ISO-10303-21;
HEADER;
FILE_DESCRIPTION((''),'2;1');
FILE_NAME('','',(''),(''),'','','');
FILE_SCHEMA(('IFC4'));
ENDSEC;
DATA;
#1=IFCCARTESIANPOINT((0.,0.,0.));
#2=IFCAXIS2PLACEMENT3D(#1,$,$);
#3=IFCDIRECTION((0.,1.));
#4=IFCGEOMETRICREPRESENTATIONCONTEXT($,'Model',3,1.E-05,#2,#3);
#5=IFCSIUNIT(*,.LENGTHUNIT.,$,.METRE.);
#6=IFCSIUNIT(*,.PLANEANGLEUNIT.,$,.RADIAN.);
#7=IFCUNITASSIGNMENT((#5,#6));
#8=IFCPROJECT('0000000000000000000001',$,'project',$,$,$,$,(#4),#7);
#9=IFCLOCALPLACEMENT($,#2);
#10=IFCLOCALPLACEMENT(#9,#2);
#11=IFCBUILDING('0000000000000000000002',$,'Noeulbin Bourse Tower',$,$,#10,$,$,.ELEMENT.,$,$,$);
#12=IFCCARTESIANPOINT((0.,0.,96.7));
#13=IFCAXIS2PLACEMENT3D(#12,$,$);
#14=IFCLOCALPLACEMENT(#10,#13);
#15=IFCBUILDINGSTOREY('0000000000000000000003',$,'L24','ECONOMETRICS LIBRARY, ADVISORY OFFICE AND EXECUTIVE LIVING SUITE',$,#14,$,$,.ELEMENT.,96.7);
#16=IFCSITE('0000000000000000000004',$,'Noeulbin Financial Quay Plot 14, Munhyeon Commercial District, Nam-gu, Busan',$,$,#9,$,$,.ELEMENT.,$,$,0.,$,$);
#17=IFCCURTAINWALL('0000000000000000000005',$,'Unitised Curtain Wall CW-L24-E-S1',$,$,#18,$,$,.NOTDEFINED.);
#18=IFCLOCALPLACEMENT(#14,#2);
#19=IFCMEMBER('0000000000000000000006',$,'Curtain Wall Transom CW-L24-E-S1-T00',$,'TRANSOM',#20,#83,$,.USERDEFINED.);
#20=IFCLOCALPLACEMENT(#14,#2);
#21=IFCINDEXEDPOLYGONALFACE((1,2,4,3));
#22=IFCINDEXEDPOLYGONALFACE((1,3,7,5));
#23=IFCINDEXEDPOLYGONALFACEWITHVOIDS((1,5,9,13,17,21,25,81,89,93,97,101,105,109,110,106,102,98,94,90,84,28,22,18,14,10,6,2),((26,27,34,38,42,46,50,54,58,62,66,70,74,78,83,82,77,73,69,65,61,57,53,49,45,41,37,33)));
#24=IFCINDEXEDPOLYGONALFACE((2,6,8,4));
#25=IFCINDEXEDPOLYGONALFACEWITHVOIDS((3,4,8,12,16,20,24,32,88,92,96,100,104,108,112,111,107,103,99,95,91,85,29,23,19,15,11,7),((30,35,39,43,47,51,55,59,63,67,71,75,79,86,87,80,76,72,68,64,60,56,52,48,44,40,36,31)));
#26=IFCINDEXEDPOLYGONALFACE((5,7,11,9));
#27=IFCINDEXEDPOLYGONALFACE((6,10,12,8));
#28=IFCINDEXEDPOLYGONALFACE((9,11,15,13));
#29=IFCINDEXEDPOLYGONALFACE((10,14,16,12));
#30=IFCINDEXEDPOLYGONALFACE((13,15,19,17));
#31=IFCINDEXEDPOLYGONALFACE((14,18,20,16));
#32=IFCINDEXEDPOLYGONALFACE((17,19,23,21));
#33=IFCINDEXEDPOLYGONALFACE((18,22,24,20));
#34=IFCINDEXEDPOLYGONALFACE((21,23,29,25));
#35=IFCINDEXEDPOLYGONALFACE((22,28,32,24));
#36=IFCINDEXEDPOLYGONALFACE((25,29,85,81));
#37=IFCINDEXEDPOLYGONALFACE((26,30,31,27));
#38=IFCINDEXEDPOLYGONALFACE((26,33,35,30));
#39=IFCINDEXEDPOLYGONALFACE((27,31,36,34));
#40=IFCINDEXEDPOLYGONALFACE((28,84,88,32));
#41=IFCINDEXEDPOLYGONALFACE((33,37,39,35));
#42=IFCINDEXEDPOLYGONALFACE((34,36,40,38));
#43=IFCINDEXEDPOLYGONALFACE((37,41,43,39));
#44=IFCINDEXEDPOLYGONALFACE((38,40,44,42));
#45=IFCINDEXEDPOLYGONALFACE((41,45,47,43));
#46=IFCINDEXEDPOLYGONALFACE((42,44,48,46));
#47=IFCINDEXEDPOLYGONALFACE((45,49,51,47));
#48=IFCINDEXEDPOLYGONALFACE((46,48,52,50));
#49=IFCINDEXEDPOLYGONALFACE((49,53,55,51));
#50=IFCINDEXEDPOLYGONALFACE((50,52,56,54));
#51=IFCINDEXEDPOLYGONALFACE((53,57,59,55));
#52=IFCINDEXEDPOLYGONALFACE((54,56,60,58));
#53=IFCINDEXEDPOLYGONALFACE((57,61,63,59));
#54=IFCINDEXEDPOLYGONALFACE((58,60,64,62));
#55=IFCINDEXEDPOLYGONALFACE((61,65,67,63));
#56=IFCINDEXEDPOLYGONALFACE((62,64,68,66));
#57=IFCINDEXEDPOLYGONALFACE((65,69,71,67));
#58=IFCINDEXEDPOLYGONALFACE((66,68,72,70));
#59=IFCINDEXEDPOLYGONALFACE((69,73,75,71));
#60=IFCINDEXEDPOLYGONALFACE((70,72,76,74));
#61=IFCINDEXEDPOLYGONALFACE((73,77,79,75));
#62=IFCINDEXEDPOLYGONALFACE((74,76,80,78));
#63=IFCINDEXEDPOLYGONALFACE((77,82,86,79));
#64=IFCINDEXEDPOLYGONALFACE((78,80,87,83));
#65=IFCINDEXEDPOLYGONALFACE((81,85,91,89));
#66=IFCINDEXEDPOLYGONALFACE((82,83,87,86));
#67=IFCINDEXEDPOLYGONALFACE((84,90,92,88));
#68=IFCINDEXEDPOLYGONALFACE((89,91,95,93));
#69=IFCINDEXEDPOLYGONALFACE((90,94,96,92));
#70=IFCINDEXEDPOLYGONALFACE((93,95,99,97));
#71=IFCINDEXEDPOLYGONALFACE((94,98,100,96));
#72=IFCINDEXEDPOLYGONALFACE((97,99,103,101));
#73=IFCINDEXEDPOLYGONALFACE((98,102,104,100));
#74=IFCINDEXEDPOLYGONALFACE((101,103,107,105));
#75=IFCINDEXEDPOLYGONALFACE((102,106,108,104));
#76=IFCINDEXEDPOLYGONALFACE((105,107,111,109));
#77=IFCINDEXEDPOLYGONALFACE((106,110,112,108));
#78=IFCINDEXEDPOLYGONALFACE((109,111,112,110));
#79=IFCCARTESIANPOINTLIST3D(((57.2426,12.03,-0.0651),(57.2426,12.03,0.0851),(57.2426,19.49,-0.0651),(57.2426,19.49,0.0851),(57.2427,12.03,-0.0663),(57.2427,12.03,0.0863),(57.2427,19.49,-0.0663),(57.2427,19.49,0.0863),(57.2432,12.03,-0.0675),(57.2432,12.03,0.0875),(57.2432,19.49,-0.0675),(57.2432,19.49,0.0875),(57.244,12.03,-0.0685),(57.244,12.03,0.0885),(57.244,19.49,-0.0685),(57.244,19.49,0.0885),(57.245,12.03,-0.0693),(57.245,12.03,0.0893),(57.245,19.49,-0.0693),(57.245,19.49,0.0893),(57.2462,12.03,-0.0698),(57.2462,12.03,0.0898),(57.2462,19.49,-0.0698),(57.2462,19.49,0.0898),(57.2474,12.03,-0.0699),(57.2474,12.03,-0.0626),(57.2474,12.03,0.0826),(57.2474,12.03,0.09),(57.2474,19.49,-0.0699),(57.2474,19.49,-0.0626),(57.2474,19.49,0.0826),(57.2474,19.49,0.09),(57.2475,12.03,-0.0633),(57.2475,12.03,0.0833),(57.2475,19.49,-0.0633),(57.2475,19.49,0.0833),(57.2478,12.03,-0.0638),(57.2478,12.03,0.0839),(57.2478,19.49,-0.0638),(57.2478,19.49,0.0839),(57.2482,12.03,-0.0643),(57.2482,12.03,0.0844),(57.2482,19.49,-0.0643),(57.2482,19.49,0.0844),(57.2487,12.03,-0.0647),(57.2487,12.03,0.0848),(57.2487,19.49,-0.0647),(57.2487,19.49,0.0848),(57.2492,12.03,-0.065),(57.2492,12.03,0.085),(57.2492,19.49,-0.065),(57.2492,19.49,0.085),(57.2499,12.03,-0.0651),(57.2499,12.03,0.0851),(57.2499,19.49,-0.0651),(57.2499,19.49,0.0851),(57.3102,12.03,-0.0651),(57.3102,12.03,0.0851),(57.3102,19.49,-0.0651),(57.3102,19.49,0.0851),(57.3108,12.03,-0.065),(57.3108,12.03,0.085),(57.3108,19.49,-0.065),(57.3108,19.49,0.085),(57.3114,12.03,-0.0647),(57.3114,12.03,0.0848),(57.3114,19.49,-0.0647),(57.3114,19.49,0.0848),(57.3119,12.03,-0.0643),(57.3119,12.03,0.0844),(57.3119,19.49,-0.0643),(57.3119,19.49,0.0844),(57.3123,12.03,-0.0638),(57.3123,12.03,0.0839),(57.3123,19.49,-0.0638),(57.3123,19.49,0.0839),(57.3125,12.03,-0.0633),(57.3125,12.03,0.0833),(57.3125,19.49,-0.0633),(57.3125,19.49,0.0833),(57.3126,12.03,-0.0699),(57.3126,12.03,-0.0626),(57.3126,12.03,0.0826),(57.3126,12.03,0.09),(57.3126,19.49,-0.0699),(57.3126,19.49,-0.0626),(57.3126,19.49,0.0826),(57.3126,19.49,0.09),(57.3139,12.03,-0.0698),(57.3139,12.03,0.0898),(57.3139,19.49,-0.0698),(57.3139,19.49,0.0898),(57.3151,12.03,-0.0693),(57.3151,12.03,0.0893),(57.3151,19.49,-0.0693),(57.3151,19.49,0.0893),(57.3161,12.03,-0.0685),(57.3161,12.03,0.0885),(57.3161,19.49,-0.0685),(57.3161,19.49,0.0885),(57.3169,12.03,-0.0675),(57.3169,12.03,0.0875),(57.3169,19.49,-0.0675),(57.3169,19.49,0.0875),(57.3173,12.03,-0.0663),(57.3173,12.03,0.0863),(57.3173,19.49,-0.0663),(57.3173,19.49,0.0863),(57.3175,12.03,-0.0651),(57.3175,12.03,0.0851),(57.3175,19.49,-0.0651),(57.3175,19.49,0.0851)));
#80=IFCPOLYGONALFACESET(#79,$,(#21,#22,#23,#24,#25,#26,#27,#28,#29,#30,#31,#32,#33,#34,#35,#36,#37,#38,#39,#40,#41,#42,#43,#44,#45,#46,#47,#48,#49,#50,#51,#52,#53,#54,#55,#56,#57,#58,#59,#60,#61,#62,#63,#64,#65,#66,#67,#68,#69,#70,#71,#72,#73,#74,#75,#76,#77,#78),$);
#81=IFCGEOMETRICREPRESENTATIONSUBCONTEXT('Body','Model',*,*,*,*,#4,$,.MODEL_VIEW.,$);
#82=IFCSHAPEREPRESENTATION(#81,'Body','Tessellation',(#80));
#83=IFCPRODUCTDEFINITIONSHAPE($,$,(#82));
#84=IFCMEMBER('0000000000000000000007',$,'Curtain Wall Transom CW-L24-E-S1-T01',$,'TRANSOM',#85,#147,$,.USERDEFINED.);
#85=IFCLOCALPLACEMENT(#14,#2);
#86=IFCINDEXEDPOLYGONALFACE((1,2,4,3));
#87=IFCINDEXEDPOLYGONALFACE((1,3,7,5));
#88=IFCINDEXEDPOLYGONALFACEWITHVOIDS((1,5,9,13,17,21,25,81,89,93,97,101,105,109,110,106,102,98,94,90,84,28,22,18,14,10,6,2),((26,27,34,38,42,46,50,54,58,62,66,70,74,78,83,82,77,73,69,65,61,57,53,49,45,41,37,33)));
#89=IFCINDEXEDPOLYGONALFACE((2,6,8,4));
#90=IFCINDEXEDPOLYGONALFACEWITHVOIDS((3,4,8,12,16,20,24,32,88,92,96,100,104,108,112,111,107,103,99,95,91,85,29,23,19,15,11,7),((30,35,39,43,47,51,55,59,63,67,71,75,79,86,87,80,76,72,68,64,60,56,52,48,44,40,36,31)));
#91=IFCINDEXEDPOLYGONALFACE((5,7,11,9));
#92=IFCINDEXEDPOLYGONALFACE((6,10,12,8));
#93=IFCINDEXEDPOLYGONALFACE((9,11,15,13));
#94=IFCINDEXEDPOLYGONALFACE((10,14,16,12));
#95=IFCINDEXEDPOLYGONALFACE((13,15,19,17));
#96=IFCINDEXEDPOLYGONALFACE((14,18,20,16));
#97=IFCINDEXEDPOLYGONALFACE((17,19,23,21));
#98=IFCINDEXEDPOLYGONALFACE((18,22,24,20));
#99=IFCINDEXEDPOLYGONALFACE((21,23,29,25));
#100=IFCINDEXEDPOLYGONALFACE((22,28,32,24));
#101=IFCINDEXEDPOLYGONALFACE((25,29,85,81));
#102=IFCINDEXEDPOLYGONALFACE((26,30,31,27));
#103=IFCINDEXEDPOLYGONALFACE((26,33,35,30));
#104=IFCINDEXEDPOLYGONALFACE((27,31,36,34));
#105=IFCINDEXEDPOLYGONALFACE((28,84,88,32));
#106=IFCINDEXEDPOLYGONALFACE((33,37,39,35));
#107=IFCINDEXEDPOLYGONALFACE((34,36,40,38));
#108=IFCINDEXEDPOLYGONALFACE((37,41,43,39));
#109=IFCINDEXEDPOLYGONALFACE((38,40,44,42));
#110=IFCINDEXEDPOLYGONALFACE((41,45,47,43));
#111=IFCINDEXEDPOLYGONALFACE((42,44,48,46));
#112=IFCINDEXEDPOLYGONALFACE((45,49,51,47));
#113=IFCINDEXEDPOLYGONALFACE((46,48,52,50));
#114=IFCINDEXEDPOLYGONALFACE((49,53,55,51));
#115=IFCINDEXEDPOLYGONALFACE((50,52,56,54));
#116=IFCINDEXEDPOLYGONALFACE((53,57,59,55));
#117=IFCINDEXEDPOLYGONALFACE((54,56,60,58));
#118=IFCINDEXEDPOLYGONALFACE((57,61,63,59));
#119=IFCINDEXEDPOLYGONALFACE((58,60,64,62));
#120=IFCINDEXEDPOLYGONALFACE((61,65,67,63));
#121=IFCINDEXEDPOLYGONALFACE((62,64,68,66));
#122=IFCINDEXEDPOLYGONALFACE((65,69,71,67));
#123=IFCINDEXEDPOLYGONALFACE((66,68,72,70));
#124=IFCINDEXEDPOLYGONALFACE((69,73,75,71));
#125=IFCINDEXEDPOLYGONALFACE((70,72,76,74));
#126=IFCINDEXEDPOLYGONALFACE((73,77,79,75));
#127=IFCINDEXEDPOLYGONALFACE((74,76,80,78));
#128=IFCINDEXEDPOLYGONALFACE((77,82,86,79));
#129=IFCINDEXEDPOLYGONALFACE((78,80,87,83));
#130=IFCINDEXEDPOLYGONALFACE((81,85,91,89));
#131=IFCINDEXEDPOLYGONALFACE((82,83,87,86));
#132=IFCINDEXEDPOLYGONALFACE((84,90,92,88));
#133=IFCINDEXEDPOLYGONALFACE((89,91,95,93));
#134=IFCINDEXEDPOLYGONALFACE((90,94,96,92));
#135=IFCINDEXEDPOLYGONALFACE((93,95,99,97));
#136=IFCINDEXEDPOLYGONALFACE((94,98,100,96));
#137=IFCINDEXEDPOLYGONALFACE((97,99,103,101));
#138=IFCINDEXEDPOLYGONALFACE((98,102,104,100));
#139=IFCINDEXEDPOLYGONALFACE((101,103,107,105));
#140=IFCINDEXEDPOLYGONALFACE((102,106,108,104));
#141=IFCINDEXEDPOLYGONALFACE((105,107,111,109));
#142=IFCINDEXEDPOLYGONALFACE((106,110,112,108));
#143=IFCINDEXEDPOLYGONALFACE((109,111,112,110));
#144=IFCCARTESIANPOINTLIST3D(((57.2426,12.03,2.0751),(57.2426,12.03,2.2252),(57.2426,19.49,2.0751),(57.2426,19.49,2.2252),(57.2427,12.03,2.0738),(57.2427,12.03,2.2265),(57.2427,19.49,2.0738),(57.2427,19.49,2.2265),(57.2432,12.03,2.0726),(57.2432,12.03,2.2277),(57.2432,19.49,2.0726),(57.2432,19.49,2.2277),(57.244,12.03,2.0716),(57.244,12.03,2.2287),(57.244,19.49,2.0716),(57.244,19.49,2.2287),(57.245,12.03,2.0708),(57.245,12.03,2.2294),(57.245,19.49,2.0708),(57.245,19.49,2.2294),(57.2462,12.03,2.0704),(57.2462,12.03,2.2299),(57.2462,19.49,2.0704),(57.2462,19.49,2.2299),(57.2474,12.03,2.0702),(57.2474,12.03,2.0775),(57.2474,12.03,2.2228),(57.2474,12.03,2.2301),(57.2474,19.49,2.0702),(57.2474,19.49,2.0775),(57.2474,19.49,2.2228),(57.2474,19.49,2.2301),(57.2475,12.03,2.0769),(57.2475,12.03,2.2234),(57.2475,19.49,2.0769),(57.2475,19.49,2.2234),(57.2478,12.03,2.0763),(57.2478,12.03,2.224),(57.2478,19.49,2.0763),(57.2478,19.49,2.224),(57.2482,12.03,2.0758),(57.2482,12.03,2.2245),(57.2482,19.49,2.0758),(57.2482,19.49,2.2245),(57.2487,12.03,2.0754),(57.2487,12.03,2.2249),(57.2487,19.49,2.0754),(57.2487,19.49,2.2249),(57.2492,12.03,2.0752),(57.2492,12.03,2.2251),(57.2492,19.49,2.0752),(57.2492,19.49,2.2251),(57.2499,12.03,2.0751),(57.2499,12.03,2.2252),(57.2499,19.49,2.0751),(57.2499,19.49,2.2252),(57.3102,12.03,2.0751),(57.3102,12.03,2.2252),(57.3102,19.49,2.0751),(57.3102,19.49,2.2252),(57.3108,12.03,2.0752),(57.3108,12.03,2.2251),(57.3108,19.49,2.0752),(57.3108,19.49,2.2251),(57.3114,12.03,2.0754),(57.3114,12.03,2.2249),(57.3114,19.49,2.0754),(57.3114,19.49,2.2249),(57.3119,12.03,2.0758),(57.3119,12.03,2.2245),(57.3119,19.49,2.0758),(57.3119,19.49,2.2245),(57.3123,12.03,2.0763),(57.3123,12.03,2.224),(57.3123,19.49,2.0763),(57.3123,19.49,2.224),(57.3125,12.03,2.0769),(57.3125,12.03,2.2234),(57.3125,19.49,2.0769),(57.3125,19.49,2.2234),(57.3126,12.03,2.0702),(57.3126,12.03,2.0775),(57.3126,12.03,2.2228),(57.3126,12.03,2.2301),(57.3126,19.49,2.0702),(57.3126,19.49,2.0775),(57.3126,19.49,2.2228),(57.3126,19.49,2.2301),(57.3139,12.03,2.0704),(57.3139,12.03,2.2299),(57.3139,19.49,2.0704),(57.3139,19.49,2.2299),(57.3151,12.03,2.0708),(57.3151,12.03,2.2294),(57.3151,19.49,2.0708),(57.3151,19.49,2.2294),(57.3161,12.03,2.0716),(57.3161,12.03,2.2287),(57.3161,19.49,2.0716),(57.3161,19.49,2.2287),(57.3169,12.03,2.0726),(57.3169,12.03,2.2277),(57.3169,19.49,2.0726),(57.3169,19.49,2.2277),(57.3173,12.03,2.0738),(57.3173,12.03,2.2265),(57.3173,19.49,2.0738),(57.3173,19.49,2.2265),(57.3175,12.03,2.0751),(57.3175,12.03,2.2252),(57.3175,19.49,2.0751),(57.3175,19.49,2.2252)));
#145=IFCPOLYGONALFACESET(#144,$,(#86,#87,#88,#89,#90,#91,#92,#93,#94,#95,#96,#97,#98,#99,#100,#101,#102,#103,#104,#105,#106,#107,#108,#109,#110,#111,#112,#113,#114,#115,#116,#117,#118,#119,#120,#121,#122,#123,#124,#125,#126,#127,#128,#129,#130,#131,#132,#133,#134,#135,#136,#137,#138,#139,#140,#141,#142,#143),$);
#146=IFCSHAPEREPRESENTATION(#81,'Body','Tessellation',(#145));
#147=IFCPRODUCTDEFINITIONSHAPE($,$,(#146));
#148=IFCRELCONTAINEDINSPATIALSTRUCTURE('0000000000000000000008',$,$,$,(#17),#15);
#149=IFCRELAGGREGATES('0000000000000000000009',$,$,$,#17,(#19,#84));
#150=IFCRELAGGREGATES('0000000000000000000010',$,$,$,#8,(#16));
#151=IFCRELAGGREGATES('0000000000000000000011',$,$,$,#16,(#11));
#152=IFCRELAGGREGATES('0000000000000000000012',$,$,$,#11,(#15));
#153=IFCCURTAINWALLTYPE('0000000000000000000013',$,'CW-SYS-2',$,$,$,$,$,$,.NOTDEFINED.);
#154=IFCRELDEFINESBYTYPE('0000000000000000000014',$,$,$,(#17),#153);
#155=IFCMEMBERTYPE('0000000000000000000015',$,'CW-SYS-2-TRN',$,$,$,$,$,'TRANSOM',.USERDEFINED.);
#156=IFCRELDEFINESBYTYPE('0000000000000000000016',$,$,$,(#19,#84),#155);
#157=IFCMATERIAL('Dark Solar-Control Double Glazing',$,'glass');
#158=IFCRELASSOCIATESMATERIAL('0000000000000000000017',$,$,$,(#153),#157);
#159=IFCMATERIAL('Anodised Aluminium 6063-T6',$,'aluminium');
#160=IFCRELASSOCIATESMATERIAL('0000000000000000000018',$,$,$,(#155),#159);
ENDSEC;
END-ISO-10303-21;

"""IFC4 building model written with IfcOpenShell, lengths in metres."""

from ifc_helpers import new_model, si_unit, direction, frame, origin, origin_2d, place, context, subcontext, project, spatial, hollow_rectangle, extrude, material, material_profile, profile_set, type_object, element, aggregate, save


model = new_model("IFC4")

# Units and contexts
model_context = context("Model", 3, precision=1e-05, world=origin(), true_north=direction((0.0, 1.0)))
body_context = subcontext(model_context, "Body", "Model", "MODEL_VIEW")
ifc_project = project(units=[si_unit("LENGTHUNIT", "METRE"), si_unit("PLANEANGLEUNIT", "RADIAN")], contexts=[model_context])

# Site, building, storey
site_placement = place(None, origin())
site = spatial("IfcSite", under=ifc_project, at=site_placement, Name="Noeulbin Financial Quay Plot 14, Munhyeon Commercial District, Nam-gu, Busan", CompositionType="ELEMENT", RefElevation=0.0)
building_placement = place(site_placement, origin())
building = spatial("IfcBuilding", under=site, at=building_placement, Name="Noeulbin Bourse Tower", CompositionType="ELEMENT")
storey_placement = place(building_placement, frame((0.0, 0.0, 96.7)))
storey = spatial("IfcBuildingStorey", under=building, at=storey_placement, Name="L24", Description="ECONOMETRICS LIBRARY, ADVISORY OFFICE AND EXECUTIVE LIVING SUITE", CompositionType="ELEMENT", Elevation=96.7)

# Curtain wall
ifc_material_1 = material(Name="Dark Solar-Control Double Glazing", Category="glass")
curtain_wall_type = type_object("IfcCurtainWallType", Name="CW-SYS-2", PredefinedType="NOTDEFINED", material=ifc_material_1)
ifc_material_2 = material(Name="Anodised Aluminium 6063-T6", Category="aluminium")
curtain_wall_1_placement = place(storey_placement, origin())
curtain_wall_1 = element("IfcCurtainWall", 1, at=curtain_wall_1_placement, inside=storey, type_object=curtain_wall_type, Name="Unitised Curtain Wall CW-L24-E-S1", PredefinedType="NOTDEFINED")

# Members
ifc_material_profile_1 = material_profile(ifc_material_2, hollow_rectangle(XDim=0.075, YDim=0.1599, WallThickness=0.0049, InnerFilletRadius=0.0024, OuterFilletRadius=0.0049, at=origin_2d()), Name="ALU-TRAN-75x160x5", Category="LoadBearing")
ifc_profile_set_1 = profile_set([ifc_material_profile_1], Name="Anodised Aluminium 6063-T6")
member_type_1 = type_object("IfcMemberType", Name="CW-SYS-2-TRN", ElementType="TRANSOM", PredefinedType="USERDEFINED", material=ifc_profile_set_1)
member_1_placement = place(storey_placement, frame((57.28, 12.03, 0.01), z_axis=(0.0, 1.0, 0.0), x_axis=(-1.0, 0.0, 0.0)))
member_1 = element("IfcMember", 2, at=member_1_placement, type_object=member_type_1, Name="Curtain Wall Transom CW-L24-E-S1-T00", ObjectType="TRANSOM", PredefinedType="USERDEFINED", context=body_context, shape_type="SweptSolid", body=[
    extrude(hollow_rectangle(XDim=0.075, YDim=0.1599, WallThickness=0.0049, InnerFilletRadius=0.0024, OuterFilletRadius=0.0049, at=origin_2d()), origin(), (0.0, 0.0, 1.0), 7.46),
])
member_2_placement = place(storey_placement, frame((57.28, 12.03, 2.1501), z_axis=(0.0, 1.0, 0.0), x_axis=(-1.0, 0.0, 0.0)))
member_2 = element("IfcMember", 3, at=member_2_placement, type_object=member_type_1, Name="Curtain Wall Transom CW-L24-E-S1-T01", ObjectType="TRANSOM", PredefinedType="USERDEFINED", context=body_context, shape_type="SweptSolid", body=[
    extrude(hollow_rectangle(XDim=0.075, YDim=0.1599, WallThickness=0.0049, InnerFilletRadius=0.0024, OuterFilletRadius=0.0049, at=origin_2d()), origin(), (0.0, 0.0, 1.0), 7.46),
])

aggregate(curtain_wall_1, [member_1, member_2])

save(model, "model.ifc")
